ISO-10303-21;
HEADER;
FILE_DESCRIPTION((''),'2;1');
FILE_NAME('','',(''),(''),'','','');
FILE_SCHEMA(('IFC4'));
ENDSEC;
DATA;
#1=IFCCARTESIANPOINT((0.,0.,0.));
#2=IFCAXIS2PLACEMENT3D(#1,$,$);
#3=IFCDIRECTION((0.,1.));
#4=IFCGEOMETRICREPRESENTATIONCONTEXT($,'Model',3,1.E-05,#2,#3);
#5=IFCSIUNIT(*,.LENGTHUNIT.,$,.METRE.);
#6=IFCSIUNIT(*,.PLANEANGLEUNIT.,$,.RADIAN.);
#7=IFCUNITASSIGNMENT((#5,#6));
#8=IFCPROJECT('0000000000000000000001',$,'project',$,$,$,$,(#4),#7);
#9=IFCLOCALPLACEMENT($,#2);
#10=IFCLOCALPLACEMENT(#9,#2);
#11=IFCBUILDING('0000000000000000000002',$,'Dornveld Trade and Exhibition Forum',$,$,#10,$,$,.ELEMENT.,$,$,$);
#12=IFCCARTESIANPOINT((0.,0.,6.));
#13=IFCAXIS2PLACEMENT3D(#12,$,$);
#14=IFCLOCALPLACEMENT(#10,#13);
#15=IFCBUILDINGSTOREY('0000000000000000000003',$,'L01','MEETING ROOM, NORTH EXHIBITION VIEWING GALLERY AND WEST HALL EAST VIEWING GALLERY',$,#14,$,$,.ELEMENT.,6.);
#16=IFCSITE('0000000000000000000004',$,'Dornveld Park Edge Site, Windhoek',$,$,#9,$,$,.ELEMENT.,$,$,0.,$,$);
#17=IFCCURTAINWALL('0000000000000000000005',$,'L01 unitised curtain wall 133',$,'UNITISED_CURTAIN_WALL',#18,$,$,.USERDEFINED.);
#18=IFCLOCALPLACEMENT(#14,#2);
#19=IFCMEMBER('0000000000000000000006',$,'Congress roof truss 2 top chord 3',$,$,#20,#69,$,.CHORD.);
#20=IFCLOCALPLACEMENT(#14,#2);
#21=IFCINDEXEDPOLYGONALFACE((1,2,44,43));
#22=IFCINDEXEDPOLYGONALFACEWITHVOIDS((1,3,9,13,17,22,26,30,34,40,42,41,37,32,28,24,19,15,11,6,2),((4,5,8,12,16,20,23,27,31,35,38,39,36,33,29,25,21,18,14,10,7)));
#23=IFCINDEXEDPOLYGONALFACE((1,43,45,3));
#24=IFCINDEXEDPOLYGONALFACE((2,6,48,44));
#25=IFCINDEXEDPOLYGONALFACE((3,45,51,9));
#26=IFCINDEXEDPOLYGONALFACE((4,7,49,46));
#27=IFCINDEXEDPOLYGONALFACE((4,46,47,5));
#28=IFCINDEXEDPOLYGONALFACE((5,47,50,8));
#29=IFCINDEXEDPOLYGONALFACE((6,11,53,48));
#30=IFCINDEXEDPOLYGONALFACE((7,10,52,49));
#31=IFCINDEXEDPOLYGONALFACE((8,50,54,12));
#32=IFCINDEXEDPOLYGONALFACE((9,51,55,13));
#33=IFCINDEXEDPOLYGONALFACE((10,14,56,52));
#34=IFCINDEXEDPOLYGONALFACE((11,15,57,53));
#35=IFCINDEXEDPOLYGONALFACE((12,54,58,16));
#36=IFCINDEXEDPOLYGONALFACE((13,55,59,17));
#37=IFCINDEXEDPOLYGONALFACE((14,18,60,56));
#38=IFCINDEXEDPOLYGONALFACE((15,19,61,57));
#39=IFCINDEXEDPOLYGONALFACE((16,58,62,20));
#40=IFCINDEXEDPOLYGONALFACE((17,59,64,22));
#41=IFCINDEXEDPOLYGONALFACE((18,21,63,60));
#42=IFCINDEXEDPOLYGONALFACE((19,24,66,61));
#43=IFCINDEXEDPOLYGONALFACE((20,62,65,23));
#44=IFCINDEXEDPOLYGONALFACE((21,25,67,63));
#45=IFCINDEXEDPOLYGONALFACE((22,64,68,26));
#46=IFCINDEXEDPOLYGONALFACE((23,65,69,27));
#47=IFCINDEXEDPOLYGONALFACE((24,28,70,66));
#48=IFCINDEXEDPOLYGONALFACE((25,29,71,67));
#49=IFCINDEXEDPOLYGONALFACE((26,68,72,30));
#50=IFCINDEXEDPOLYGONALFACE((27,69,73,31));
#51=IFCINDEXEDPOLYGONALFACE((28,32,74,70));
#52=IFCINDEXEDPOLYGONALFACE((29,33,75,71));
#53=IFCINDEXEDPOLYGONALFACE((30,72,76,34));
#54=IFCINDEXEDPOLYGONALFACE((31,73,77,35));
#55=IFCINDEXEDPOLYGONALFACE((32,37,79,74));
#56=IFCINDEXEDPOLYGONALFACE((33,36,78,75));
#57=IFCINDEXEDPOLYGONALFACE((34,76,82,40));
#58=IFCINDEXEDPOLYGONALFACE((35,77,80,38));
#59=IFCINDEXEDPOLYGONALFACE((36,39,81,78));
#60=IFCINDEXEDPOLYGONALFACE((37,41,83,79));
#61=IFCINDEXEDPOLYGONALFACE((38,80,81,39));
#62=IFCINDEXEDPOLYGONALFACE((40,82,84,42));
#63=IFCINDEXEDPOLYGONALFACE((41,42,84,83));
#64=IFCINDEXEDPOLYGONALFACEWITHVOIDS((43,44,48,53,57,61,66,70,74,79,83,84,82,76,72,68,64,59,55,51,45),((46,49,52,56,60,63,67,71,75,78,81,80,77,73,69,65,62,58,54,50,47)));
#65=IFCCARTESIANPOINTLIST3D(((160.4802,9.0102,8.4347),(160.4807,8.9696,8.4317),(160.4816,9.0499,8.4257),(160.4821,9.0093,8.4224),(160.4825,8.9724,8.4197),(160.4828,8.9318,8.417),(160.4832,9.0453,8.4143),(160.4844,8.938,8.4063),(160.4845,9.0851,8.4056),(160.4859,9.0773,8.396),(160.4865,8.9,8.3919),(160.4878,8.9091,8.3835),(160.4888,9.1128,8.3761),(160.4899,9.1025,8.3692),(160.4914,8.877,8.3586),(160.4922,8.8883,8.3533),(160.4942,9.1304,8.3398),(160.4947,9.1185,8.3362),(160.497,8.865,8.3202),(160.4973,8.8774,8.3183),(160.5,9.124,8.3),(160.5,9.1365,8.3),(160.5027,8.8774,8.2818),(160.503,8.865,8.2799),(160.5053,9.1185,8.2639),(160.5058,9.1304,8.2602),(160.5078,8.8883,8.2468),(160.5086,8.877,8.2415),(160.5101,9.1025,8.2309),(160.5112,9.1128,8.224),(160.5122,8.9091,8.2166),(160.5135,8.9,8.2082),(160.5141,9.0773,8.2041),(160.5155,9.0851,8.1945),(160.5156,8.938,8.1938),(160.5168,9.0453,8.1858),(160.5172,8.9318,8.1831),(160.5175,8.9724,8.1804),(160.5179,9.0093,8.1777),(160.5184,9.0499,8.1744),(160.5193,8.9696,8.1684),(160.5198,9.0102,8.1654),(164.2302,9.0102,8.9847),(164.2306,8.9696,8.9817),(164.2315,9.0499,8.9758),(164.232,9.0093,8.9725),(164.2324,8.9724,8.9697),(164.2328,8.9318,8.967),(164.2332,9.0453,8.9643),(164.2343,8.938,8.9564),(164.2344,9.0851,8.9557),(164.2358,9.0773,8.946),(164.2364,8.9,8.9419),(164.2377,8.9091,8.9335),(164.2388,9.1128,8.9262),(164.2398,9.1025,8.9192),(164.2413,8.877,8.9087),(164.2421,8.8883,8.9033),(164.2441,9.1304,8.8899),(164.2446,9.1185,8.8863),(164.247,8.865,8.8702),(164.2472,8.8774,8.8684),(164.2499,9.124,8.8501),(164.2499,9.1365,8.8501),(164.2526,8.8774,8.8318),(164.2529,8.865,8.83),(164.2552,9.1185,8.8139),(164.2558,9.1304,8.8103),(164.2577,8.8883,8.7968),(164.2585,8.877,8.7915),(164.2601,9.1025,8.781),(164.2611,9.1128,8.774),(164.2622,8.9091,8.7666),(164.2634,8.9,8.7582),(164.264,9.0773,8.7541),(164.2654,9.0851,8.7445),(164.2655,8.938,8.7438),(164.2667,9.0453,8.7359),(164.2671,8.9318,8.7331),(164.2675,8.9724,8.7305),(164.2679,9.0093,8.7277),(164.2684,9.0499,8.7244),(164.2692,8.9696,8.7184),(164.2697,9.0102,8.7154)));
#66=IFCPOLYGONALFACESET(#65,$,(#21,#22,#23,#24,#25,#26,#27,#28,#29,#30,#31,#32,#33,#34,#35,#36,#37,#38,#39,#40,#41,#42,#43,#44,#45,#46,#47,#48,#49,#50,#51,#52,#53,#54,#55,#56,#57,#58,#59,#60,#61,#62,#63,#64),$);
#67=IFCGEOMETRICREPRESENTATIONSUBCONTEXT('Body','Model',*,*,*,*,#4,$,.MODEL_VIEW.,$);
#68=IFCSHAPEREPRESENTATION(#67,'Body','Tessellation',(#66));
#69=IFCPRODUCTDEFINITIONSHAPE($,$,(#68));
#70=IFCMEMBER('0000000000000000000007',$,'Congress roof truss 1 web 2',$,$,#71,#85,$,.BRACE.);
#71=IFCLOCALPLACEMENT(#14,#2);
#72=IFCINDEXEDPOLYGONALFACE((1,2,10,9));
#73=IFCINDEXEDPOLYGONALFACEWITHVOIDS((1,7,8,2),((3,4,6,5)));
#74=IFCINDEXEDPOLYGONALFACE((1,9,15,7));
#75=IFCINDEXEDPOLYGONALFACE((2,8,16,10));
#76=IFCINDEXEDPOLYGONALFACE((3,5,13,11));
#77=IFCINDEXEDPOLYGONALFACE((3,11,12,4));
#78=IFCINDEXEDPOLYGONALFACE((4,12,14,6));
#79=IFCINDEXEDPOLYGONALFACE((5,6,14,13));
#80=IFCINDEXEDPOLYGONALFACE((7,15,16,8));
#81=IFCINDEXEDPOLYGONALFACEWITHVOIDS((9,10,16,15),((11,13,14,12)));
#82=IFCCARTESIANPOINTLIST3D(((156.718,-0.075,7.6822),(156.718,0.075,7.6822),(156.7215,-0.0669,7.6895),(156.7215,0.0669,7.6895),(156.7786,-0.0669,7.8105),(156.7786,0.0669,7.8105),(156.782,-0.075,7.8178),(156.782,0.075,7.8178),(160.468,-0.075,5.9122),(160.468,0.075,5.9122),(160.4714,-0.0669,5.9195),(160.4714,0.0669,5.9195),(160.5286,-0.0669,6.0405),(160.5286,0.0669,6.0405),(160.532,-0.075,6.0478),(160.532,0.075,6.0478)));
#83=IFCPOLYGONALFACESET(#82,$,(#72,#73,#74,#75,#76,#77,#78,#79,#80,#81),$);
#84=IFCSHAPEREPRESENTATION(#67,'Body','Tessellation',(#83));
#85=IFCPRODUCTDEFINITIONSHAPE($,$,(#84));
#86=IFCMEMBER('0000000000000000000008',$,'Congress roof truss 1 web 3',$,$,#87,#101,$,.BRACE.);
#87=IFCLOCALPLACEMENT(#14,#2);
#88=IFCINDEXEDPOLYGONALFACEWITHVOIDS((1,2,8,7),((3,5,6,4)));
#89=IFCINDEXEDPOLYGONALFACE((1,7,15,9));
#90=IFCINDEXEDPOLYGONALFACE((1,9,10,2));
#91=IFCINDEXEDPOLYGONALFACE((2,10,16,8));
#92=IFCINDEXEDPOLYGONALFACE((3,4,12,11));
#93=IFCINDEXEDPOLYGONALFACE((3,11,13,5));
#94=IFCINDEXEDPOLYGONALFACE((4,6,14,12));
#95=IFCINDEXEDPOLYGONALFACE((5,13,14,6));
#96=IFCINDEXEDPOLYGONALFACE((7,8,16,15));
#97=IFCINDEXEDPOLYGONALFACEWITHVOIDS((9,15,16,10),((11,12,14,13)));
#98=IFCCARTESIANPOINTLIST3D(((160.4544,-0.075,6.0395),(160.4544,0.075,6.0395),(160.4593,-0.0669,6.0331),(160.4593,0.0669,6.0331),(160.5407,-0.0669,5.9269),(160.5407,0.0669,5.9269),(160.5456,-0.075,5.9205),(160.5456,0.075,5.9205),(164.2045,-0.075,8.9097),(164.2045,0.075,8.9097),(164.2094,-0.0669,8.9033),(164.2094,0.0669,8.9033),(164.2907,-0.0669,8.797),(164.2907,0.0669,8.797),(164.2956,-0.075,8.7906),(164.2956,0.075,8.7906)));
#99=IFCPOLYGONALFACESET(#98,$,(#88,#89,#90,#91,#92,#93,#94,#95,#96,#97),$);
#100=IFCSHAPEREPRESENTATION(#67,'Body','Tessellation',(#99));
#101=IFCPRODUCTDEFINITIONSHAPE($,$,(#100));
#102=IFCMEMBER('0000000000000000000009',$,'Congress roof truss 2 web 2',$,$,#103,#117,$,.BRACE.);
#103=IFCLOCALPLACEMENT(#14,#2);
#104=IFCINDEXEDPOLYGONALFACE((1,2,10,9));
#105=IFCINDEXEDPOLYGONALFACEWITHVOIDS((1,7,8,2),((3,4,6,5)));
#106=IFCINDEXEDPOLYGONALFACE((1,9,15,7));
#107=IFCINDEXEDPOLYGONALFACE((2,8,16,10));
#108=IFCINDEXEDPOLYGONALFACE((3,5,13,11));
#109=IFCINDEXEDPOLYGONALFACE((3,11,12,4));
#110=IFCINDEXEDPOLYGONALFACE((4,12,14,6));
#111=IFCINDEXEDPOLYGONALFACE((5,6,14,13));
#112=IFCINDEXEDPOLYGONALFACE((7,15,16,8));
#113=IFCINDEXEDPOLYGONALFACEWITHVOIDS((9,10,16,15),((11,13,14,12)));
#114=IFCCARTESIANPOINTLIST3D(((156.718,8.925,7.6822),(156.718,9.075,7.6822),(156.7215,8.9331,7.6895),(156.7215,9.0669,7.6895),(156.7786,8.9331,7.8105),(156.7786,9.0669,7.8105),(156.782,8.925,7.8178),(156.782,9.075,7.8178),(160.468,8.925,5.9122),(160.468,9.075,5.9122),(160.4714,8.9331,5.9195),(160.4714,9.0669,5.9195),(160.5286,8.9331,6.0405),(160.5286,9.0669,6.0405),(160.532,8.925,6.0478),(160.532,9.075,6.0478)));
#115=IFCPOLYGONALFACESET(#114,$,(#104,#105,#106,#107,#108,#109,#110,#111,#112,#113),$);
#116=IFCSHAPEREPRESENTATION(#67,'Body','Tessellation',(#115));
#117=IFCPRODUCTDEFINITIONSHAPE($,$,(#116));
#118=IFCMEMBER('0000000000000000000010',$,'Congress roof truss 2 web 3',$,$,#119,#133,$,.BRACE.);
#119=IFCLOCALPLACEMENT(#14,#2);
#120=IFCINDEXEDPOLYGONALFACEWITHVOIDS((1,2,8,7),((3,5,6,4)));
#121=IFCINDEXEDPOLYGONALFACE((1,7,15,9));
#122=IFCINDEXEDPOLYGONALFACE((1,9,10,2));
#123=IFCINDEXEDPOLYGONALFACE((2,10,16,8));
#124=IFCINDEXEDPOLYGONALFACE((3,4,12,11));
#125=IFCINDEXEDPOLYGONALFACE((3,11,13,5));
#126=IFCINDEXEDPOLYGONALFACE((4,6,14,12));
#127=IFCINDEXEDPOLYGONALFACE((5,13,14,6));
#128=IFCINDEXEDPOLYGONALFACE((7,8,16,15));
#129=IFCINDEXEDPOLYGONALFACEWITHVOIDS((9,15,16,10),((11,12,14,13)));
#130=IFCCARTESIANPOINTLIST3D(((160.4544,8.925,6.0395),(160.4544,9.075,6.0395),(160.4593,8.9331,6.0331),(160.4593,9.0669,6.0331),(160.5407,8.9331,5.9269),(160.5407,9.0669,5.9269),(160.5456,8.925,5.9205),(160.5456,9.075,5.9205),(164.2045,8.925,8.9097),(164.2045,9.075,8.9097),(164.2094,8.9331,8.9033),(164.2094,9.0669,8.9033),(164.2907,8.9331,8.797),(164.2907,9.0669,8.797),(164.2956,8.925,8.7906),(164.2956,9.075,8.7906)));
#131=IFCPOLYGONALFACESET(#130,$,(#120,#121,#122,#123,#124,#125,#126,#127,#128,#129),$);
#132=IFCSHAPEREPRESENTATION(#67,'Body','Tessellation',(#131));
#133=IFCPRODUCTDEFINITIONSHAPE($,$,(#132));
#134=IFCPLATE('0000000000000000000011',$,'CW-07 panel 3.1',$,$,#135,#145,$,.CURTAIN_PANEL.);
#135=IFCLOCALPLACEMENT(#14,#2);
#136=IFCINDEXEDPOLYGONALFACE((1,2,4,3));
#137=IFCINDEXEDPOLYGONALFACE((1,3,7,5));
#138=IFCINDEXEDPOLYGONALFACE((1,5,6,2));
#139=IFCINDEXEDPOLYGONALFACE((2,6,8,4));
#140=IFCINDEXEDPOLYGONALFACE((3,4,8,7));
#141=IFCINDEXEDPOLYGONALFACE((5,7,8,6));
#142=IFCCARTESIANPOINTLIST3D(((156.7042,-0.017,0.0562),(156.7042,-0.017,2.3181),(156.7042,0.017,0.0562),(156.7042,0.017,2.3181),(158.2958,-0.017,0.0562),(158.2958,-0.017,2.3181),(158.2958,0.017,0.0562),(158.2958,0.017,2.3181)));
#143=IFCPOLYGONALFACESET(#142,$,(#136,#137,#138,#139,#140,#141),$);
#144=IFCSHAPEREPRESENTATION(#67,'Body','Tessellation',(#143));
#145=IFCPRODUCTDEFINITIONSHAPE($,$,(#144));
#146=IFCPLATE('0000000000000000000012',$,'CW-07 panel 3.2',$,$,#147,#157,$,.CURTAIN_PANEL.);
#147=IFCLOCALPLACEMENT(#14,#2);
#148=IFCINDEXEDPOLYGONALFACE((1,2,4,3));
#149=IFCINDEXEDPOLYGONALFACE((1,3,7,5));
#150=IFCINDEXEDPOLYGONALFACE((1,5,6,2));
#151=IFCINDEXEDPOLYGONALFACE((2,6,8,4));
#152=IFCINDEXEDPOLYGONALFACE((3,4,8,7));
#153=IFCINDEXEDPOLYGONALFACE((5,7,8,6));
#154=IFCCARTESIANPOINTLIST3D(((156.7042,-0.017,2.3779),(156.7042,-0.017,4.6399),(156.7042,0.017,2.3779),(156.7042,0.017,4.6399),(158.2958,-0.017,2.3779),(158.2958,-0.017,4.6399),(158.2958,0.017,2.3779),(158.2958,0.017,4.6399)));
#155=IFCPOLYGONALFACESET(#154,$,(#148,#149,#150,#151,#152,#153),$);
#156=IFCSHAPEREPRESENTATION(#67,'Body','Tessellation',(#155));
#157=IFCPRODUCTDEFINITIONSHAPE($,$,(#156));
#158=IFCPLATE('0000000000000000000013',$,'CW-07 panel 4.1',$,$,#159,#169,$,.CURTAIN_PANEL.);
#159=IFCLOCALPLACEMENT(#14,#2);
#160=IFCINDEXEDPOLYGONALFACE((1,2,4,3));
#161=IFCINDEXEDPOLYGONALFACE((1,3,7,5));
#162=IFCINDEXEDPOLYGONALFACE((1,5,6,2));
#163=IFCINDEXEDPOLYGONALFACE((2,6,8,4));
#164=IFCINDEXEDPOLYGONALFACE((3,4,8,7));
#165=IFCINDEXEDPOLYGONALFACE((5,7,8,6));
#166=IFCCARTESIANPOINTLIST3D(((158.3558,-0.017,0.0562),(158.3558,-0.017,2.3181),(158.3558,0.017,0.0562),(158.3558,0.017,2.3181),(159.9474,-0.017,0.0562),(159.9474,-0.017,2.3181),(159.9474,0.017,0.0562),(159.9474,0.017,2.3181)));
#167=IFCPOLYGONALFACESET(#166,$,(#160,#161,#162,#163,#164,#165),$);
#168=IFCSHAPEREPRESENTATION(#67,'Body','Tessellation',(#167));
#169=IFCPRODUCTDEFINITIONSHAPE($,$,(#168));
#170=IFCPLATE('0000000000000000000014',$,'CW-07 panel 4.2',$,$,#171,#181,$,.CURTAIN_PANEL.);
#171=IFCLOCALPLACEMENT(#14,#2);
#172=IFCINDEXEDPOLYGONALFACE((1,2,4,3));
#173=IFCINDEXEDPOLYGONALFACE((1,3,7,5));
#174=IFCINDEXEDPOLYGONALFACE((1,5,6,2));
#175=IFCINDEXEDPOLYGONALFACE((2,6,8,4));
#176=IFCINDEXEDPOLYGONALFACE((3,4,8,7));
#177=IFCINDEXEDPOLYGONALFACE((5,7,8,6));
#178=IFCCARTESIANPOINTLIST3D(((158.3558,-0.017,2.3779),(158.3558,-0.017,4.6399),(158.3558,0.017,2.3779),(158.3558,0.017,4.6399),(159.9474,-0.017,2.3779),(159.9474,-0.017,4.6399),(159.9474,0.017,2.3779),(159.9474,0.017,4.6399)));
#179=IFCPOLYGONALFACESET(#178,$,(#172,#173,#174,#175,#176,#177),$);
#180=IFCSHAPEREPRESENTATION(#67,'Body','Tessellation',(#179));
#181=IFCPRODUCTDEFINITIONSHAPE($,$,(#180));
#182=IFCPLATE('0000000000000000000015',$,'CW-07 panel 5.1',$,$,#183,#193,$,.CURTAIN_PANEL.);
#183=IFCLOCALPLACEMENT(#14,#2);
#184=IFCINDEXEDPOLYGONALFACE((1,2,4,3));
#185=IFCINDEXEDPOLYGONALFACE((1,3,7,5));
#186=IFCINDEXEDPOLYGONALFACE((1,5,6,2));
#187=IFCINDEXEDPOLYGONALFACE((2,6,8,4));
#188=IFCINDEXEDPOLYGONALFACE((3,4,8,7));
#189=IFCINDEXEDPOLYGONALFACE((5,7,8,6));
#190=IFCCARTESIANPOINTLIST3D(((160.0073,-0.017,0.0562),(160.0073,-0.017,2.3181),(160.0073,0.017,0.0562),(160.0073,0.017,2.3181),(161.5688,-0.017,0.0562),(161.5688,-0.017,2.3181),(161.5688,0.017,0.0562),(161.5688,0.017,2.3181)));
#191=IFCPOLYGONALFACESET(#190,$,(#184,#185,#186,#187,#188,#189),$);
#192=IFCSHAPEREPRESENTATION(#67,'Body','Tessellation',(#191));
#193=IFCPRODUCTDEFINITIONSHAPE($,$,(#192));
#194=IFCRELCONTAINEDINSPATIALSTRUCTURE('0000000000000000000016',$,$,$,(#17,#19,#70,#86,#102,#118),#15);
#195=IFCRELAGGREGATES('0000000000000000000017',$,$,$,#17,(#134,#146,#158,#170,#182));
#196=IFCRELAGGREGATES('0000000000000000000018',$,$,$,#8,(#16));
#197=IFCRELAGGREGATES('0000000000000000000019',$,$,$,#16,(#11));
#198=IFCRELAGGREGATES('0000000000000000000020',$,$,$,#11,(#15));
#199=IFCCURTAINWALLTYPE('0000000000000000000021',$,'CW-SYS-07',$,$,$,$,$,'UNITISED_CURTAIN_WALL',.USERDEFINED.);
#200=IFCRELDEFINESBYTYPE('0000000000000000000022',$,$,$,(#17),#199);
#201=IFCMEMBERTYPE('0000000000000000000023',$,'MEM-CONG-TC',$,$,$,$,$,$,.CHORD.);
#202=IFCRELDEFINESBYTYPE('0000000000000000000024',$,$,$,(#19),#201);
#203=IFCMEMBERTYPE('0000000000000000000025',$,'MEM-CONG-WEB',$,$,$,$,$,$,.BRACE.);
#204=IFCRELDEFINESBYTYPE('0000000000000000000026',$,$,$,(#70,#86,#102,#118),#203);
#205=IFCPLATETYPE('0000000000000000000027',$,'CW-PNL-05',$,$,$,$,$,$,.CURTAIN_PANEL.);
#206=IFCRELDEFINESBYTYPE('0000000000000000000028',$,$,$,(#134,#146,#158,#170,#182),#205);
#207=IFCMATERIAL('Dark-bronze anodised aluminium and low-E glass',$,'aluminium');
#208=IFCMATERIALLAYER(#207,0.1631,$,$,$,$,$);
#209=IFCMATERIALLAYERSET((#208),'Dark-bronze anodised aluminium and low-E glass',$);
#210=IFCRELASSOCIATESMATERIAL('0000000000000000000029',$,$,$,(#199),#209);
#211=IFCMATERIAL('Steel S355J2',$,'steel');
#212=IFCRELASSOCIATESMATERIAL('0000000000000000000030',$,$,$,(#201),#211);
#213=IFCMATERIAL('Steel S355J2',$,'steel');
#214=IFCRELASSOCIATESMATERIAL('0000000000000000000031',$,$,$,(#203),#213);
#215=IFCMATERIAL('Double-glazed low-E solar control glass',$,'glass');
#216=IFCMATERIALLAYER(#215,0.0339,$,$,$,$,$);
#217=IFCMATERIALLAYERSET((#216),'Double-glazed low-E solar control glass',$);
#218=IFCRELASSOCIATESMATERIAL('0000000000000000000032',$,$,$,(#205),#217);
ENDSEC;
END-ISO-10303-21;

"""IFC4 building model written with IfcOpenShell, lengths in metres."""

from ifc_helpers import new_model, si_unit, direction, frame, origin, origin_2d, place, context, subcontext, project, spatial, rectangle, hollow_rectangle, hollow_circle, extrude, material, layer, layer_set, material_profile, profile_set, type_object, element, aggregate, save


model = new_model("IFC4")

# Units and contexts
model_context = context("Model", 3, precision=1e-05, world=origin(), true_north=direction((0.0, 1.0)))
body_context = subcontext(model_context, "Body", "Model", "MODEL_VIEW")
ifc_project = project(units=[si_unit("LENGTHUNIT", "METRE"), si_unit("PLANEANGLEUNIT", "RADIAN")], contexts=[model_context])

# Site, building, storey
site_placement = place(None, origin())
site = spatial("IfcSite", under=ifc_project, at=site_placement, Name="Dornveld Park Edge Site, Windhoek", CompositionType="ELEMENT", RefElevation=0.0)
building_placement = place(site_placement, origin())
building = spatial("IfcBuilding", under=site, at=building_placement, Name="Dornveld Trade and Exhibition Forum", CompositionType="ELEMENT")
storey_placement = place(building_placement, frame((0.0, 0.0, 6.0)))
storey = spatial("IfcBuildingStorey", under=building, at=storey_placement, Name="L01", Description="MEETING ROOM, NORTH EXHIBITION VIEWING GALLERY AND WEST HALL EAST VIEWING GALLERY", CompositionType="ELEMENT", Elevation=6.0)

# Curtain wall
ifc_material_1 = material(Name="Dark-bronze anodised aluminium and low-E glass", Category="aluminium")
ifc_layer_1 = layer(ifc_material_1, 0.1631)
ifc_layer_set_1 = layer_set([ifc_layer_1], Name="Dark-bronze anodised aluminium and low-E glass")
curtain_wall_type = type_object("IfcCurtainWallType", Name="CW-SYS-07", ElementType="UNITISED_CURTAIN_WALL", PredefinedType="USERDEFINED", material=ifc_layer_set_1)
curtain_wall_placement = place(storey_placement, origin())
curtain_wall = element("IfcCurtainWall", 1, at=curtain_wall_placement, inside=storey, type_object=curtain_wall_type, Name="L01 unitised curtain wall 133", ObjectType="UNITISED_CURTAIN_WALL", PredefinedType="USERDEFINED")

# Members
ifc_material_2 = material(Name="Steel S355J2", Category="steel")
ifc_material_profile_1 = material_profile(ifc_material_2, hollow_circle(Radius=0.1365, WallThickness=0.0125, at=origin_2d()), Name="CHS 273x12.5")
ifc_profile_set_1 = profile_set([ifc_material_profile_1], Name="Steel S355J2")
member_type_1 = type_object("IfcMemberType", Name="MEM-CONG-TC", PredefinedType="CHORD", material=ifc_profile_set_1)
for number, where, z_axis, x_axis, name in (
    (2, (160.5, 9.0, 8.3), (0.989413, 0.0, 0.145127), (0.0, 1.0, 0.0), "Congress roof truss 2 top chord 3"),
):
    element("IfcMember", number, at=place(storey_placement, frame(where, z_axis=z_axis, x_axis=x_axis)), inside=storey, type_object=member_type_1, Name=name, PredefinedType="CHORD", context=body_context, shape_type="SweptSolid", body=[
        extrude(hollow_circle(Radius=0.1365, WallThickness=0.0125, at=origin_2d()), origin(), (0.0, 0.0, 1.0), 3.79),
    ])
ifc_material_3 = material(Name="Steel S355J2", Category="steel")
ifc_material_profile_2 = material_profile(ifc_material_3, hollow_rectangle(XDim=0.1499, YDim=0.1499, WallThickness=0.0081, at=origin_2d()), Name="SHS 150x150x8")
ifc_profile_set_2 = profile_set([ifc_material_profile_2], Name="Steel S355J2")
member_type_2 = type_object("IfcMemberType", Name="MEM-CONG-WEB", PredefinedType="BRACE", material=ifc_profile_set_2)
member_1_placement = place(storey_placement, frame((160.5, 0.0, 5.98), z_axis=(-0.904324, 0.0, 0.426846), x_axis=(0.0, -1.0, 0.0)))
element("IfcMember", 3, at=member_1_placement, inside=storey, type_object=member_type_2, Name="Congress roof truss 1 web 2", PredefinedType="BRACE", context=body_context, shape_type="SweptSolid", body=[
    extrude(hollow_rectangle(XDim=0.1499, YDim=0.1499, WallThickness=0.0081, at=origin_2d()), origin(), (0.0, 0.0, 1.0), 4.1467),
])
member_2_placement = place(storey_placement, frame((160.5, 0.0, 5.98), z_axis=(0.794105, 0.0, 0.60778), x_axis=(0.0, 1.0, 0.0)))
element("IfcMember", 4, at=member_2_placement, inside=storey, type_object=member_type_2, Name="Congress roof truss 1 web 3", PredefinedType="BRACE", context=body_context, shape_type="SweptSolid", body=[
    extrude(hollow_rectangle(XDim=0.1499, YDim=0.1499, WallThickness=0.0081, at=origin_2d()), origin(), (0.0, 0.0, 1.0), 4.7224),
])
member_3_placement = place(storey_placement, frame((160.5, 9.0, 5.98), z_axis=(-0.904324, 0.0, 0.426846), x_axis=(0.0, -1.0, 0.0)))
element("IfcMember", 5, at=member_3_placement, inside=storey, type_object=member_type_2, Name="Congress roof truss 2 web 2", PredefinedType="BRACE", context=body_context, shape_type="SweptSolid", body=[
    extrude(hollow_rectangle(XDim=0.1499, YDim=0.1499, WallThickness=0.0081, at=origin_2d()), origin(), (0.0, 0.0, 1.0), 4.1467),
])
member_4_placement = place(storey_placement, frame((160.5, 9.0, 5.98), z_axis=(0.794105, 0.0, 0.60778), x_axis=(0.0, 1.0, 0.0)))
element("IfcMember", 6, at=member_4_placement, inside=storey, type_object=member_type_2, Name="Congress roof truss 2 web 3", PredefinedType="BRACE", context=body_context, shape_type="SweptSolid", body=[
    extrude(hollow_rectangle(XDim=0.1499, YDim=0.1499, WallThickness=0.0081, at=origin_2d()), origin(), (0.0, 0.0, 1.0), 4.7224),
])

# Plates
ifc_material_4 = material(Name="Double-glazed low-E solar control glass", Category="glass")
ifc_layer_2 = layer(ifc_material_4, 0.0339)
ifc_layer_set_2 = layer_set([ifc_layer_2], Name="Double-glazed low-E solar control glass")
plate_type = type_object("IfcPlateType", Name="CW-PNL-05", PredefinedType="CURTAIN_PANEL", material=ifc_layer_set_2)
plate_1_placement = place(storey_placement, frame((157.5, 0.0, 0.0562), z_axis=(0.0, 0.0, 1.0), x_axis=(1.0, 0.0, 0.0)))
plate_1 = element("IfcPlate", 7, at=plate_1_placement, type_object=plate_type, Name="CW-07 panel 3.1", PredefinedType="CURTAIN_PANEL", context=body_context, shape_type="SweptSolid", body=[
    extrude(rectangle(XDim=1.5916, YDim=0.0339, at=origin_2d()), origin(), (0.0, 0.0, 1.0), 2.262),
])
plate_2_placement = place(storey_placement, frame((157.5, 0.0, 2.3779), z_axis=(0.0, 0.0, 1.0), x_axis=(1.0, 0.0, 0.0)))
plate_2 = element("IfcPlate", 8, at=plate_2_placement, type_object=plate_type, Name="CW-07 panel 3.2", PredefinedType="CURTAIN_PANEL", context=body_context, shape_type="SweptSolid", body=[
    extrude(rectangle(XDim=1.5916, YDim=0.0339, at=origin_2d()), origin(), (0.0, 0.0, 1.0), 2.262),
])
plate_3_placement = place(storey_placement, frame((159.1516, 0.0, 0.0562), z_axis=(0.0, 0.0, 1.0), x_axis=(1.0, 0.0, 0.0)))
plate_3 = element("IfcPlate", 9, at=plate_3_placement, type_object=plate_type, Name="CW-07 panel 4.1", PredefinedType="CURTAIN_PANEL", context=body_context, shape_type="SweptSolid", body=[
    extrude(rectangle(XDim=1.5916, YDim=0.0339, at=origin_2d()), origin(), (0.0, 0.0, 1.0), 2.262),
])
plate_4_placement = place(storey_placement, frame((159.1516, 0.0, 2.3779), z_axis=(0.0, 0.0, 1.0), x_axis=(1.0, 0.0, 0.0)))
plate_4 = element("IfcPlate", 10, at=plate_4_placement, type_object=plate_type, Name="CW-07 panel 4.2", PredefinedType="CURTAIN_PANEL", context=body_context, shape_type="SweptSolid", body=[
    extrude(rectangle(XDim=1.5916, YDim=0.0339, at=origin_2d()), origin(), (0.0, 0.0, 1.0), 2.262),
])
plate_5_placement = place(storey_placement, frame((160.7881, 0.0, 0.0562), z_axis=(0.0, 0.0, 1.0), x_axis=(1.0, 0.0, 0.0)))
plate_5 = element("IfcPlate", 11, at=plate_5_placement, type_object=plate_type, Name="CW-07 panel 5.1", PredefinedType="CURTAIN_PANEL", context=body_context, shape_type="SweptSolid", body=[
    extrude(rectangle(XDim=1.5615, YDim=0.0339, at=origin_2d()), origin(), (0.0, 0.0, 1.0), 2.262),
])
aggregate(curtain_wall, [plate_1, plate_2, plate_3, plate_4, plate_5])

save(model, "model.ifc")
